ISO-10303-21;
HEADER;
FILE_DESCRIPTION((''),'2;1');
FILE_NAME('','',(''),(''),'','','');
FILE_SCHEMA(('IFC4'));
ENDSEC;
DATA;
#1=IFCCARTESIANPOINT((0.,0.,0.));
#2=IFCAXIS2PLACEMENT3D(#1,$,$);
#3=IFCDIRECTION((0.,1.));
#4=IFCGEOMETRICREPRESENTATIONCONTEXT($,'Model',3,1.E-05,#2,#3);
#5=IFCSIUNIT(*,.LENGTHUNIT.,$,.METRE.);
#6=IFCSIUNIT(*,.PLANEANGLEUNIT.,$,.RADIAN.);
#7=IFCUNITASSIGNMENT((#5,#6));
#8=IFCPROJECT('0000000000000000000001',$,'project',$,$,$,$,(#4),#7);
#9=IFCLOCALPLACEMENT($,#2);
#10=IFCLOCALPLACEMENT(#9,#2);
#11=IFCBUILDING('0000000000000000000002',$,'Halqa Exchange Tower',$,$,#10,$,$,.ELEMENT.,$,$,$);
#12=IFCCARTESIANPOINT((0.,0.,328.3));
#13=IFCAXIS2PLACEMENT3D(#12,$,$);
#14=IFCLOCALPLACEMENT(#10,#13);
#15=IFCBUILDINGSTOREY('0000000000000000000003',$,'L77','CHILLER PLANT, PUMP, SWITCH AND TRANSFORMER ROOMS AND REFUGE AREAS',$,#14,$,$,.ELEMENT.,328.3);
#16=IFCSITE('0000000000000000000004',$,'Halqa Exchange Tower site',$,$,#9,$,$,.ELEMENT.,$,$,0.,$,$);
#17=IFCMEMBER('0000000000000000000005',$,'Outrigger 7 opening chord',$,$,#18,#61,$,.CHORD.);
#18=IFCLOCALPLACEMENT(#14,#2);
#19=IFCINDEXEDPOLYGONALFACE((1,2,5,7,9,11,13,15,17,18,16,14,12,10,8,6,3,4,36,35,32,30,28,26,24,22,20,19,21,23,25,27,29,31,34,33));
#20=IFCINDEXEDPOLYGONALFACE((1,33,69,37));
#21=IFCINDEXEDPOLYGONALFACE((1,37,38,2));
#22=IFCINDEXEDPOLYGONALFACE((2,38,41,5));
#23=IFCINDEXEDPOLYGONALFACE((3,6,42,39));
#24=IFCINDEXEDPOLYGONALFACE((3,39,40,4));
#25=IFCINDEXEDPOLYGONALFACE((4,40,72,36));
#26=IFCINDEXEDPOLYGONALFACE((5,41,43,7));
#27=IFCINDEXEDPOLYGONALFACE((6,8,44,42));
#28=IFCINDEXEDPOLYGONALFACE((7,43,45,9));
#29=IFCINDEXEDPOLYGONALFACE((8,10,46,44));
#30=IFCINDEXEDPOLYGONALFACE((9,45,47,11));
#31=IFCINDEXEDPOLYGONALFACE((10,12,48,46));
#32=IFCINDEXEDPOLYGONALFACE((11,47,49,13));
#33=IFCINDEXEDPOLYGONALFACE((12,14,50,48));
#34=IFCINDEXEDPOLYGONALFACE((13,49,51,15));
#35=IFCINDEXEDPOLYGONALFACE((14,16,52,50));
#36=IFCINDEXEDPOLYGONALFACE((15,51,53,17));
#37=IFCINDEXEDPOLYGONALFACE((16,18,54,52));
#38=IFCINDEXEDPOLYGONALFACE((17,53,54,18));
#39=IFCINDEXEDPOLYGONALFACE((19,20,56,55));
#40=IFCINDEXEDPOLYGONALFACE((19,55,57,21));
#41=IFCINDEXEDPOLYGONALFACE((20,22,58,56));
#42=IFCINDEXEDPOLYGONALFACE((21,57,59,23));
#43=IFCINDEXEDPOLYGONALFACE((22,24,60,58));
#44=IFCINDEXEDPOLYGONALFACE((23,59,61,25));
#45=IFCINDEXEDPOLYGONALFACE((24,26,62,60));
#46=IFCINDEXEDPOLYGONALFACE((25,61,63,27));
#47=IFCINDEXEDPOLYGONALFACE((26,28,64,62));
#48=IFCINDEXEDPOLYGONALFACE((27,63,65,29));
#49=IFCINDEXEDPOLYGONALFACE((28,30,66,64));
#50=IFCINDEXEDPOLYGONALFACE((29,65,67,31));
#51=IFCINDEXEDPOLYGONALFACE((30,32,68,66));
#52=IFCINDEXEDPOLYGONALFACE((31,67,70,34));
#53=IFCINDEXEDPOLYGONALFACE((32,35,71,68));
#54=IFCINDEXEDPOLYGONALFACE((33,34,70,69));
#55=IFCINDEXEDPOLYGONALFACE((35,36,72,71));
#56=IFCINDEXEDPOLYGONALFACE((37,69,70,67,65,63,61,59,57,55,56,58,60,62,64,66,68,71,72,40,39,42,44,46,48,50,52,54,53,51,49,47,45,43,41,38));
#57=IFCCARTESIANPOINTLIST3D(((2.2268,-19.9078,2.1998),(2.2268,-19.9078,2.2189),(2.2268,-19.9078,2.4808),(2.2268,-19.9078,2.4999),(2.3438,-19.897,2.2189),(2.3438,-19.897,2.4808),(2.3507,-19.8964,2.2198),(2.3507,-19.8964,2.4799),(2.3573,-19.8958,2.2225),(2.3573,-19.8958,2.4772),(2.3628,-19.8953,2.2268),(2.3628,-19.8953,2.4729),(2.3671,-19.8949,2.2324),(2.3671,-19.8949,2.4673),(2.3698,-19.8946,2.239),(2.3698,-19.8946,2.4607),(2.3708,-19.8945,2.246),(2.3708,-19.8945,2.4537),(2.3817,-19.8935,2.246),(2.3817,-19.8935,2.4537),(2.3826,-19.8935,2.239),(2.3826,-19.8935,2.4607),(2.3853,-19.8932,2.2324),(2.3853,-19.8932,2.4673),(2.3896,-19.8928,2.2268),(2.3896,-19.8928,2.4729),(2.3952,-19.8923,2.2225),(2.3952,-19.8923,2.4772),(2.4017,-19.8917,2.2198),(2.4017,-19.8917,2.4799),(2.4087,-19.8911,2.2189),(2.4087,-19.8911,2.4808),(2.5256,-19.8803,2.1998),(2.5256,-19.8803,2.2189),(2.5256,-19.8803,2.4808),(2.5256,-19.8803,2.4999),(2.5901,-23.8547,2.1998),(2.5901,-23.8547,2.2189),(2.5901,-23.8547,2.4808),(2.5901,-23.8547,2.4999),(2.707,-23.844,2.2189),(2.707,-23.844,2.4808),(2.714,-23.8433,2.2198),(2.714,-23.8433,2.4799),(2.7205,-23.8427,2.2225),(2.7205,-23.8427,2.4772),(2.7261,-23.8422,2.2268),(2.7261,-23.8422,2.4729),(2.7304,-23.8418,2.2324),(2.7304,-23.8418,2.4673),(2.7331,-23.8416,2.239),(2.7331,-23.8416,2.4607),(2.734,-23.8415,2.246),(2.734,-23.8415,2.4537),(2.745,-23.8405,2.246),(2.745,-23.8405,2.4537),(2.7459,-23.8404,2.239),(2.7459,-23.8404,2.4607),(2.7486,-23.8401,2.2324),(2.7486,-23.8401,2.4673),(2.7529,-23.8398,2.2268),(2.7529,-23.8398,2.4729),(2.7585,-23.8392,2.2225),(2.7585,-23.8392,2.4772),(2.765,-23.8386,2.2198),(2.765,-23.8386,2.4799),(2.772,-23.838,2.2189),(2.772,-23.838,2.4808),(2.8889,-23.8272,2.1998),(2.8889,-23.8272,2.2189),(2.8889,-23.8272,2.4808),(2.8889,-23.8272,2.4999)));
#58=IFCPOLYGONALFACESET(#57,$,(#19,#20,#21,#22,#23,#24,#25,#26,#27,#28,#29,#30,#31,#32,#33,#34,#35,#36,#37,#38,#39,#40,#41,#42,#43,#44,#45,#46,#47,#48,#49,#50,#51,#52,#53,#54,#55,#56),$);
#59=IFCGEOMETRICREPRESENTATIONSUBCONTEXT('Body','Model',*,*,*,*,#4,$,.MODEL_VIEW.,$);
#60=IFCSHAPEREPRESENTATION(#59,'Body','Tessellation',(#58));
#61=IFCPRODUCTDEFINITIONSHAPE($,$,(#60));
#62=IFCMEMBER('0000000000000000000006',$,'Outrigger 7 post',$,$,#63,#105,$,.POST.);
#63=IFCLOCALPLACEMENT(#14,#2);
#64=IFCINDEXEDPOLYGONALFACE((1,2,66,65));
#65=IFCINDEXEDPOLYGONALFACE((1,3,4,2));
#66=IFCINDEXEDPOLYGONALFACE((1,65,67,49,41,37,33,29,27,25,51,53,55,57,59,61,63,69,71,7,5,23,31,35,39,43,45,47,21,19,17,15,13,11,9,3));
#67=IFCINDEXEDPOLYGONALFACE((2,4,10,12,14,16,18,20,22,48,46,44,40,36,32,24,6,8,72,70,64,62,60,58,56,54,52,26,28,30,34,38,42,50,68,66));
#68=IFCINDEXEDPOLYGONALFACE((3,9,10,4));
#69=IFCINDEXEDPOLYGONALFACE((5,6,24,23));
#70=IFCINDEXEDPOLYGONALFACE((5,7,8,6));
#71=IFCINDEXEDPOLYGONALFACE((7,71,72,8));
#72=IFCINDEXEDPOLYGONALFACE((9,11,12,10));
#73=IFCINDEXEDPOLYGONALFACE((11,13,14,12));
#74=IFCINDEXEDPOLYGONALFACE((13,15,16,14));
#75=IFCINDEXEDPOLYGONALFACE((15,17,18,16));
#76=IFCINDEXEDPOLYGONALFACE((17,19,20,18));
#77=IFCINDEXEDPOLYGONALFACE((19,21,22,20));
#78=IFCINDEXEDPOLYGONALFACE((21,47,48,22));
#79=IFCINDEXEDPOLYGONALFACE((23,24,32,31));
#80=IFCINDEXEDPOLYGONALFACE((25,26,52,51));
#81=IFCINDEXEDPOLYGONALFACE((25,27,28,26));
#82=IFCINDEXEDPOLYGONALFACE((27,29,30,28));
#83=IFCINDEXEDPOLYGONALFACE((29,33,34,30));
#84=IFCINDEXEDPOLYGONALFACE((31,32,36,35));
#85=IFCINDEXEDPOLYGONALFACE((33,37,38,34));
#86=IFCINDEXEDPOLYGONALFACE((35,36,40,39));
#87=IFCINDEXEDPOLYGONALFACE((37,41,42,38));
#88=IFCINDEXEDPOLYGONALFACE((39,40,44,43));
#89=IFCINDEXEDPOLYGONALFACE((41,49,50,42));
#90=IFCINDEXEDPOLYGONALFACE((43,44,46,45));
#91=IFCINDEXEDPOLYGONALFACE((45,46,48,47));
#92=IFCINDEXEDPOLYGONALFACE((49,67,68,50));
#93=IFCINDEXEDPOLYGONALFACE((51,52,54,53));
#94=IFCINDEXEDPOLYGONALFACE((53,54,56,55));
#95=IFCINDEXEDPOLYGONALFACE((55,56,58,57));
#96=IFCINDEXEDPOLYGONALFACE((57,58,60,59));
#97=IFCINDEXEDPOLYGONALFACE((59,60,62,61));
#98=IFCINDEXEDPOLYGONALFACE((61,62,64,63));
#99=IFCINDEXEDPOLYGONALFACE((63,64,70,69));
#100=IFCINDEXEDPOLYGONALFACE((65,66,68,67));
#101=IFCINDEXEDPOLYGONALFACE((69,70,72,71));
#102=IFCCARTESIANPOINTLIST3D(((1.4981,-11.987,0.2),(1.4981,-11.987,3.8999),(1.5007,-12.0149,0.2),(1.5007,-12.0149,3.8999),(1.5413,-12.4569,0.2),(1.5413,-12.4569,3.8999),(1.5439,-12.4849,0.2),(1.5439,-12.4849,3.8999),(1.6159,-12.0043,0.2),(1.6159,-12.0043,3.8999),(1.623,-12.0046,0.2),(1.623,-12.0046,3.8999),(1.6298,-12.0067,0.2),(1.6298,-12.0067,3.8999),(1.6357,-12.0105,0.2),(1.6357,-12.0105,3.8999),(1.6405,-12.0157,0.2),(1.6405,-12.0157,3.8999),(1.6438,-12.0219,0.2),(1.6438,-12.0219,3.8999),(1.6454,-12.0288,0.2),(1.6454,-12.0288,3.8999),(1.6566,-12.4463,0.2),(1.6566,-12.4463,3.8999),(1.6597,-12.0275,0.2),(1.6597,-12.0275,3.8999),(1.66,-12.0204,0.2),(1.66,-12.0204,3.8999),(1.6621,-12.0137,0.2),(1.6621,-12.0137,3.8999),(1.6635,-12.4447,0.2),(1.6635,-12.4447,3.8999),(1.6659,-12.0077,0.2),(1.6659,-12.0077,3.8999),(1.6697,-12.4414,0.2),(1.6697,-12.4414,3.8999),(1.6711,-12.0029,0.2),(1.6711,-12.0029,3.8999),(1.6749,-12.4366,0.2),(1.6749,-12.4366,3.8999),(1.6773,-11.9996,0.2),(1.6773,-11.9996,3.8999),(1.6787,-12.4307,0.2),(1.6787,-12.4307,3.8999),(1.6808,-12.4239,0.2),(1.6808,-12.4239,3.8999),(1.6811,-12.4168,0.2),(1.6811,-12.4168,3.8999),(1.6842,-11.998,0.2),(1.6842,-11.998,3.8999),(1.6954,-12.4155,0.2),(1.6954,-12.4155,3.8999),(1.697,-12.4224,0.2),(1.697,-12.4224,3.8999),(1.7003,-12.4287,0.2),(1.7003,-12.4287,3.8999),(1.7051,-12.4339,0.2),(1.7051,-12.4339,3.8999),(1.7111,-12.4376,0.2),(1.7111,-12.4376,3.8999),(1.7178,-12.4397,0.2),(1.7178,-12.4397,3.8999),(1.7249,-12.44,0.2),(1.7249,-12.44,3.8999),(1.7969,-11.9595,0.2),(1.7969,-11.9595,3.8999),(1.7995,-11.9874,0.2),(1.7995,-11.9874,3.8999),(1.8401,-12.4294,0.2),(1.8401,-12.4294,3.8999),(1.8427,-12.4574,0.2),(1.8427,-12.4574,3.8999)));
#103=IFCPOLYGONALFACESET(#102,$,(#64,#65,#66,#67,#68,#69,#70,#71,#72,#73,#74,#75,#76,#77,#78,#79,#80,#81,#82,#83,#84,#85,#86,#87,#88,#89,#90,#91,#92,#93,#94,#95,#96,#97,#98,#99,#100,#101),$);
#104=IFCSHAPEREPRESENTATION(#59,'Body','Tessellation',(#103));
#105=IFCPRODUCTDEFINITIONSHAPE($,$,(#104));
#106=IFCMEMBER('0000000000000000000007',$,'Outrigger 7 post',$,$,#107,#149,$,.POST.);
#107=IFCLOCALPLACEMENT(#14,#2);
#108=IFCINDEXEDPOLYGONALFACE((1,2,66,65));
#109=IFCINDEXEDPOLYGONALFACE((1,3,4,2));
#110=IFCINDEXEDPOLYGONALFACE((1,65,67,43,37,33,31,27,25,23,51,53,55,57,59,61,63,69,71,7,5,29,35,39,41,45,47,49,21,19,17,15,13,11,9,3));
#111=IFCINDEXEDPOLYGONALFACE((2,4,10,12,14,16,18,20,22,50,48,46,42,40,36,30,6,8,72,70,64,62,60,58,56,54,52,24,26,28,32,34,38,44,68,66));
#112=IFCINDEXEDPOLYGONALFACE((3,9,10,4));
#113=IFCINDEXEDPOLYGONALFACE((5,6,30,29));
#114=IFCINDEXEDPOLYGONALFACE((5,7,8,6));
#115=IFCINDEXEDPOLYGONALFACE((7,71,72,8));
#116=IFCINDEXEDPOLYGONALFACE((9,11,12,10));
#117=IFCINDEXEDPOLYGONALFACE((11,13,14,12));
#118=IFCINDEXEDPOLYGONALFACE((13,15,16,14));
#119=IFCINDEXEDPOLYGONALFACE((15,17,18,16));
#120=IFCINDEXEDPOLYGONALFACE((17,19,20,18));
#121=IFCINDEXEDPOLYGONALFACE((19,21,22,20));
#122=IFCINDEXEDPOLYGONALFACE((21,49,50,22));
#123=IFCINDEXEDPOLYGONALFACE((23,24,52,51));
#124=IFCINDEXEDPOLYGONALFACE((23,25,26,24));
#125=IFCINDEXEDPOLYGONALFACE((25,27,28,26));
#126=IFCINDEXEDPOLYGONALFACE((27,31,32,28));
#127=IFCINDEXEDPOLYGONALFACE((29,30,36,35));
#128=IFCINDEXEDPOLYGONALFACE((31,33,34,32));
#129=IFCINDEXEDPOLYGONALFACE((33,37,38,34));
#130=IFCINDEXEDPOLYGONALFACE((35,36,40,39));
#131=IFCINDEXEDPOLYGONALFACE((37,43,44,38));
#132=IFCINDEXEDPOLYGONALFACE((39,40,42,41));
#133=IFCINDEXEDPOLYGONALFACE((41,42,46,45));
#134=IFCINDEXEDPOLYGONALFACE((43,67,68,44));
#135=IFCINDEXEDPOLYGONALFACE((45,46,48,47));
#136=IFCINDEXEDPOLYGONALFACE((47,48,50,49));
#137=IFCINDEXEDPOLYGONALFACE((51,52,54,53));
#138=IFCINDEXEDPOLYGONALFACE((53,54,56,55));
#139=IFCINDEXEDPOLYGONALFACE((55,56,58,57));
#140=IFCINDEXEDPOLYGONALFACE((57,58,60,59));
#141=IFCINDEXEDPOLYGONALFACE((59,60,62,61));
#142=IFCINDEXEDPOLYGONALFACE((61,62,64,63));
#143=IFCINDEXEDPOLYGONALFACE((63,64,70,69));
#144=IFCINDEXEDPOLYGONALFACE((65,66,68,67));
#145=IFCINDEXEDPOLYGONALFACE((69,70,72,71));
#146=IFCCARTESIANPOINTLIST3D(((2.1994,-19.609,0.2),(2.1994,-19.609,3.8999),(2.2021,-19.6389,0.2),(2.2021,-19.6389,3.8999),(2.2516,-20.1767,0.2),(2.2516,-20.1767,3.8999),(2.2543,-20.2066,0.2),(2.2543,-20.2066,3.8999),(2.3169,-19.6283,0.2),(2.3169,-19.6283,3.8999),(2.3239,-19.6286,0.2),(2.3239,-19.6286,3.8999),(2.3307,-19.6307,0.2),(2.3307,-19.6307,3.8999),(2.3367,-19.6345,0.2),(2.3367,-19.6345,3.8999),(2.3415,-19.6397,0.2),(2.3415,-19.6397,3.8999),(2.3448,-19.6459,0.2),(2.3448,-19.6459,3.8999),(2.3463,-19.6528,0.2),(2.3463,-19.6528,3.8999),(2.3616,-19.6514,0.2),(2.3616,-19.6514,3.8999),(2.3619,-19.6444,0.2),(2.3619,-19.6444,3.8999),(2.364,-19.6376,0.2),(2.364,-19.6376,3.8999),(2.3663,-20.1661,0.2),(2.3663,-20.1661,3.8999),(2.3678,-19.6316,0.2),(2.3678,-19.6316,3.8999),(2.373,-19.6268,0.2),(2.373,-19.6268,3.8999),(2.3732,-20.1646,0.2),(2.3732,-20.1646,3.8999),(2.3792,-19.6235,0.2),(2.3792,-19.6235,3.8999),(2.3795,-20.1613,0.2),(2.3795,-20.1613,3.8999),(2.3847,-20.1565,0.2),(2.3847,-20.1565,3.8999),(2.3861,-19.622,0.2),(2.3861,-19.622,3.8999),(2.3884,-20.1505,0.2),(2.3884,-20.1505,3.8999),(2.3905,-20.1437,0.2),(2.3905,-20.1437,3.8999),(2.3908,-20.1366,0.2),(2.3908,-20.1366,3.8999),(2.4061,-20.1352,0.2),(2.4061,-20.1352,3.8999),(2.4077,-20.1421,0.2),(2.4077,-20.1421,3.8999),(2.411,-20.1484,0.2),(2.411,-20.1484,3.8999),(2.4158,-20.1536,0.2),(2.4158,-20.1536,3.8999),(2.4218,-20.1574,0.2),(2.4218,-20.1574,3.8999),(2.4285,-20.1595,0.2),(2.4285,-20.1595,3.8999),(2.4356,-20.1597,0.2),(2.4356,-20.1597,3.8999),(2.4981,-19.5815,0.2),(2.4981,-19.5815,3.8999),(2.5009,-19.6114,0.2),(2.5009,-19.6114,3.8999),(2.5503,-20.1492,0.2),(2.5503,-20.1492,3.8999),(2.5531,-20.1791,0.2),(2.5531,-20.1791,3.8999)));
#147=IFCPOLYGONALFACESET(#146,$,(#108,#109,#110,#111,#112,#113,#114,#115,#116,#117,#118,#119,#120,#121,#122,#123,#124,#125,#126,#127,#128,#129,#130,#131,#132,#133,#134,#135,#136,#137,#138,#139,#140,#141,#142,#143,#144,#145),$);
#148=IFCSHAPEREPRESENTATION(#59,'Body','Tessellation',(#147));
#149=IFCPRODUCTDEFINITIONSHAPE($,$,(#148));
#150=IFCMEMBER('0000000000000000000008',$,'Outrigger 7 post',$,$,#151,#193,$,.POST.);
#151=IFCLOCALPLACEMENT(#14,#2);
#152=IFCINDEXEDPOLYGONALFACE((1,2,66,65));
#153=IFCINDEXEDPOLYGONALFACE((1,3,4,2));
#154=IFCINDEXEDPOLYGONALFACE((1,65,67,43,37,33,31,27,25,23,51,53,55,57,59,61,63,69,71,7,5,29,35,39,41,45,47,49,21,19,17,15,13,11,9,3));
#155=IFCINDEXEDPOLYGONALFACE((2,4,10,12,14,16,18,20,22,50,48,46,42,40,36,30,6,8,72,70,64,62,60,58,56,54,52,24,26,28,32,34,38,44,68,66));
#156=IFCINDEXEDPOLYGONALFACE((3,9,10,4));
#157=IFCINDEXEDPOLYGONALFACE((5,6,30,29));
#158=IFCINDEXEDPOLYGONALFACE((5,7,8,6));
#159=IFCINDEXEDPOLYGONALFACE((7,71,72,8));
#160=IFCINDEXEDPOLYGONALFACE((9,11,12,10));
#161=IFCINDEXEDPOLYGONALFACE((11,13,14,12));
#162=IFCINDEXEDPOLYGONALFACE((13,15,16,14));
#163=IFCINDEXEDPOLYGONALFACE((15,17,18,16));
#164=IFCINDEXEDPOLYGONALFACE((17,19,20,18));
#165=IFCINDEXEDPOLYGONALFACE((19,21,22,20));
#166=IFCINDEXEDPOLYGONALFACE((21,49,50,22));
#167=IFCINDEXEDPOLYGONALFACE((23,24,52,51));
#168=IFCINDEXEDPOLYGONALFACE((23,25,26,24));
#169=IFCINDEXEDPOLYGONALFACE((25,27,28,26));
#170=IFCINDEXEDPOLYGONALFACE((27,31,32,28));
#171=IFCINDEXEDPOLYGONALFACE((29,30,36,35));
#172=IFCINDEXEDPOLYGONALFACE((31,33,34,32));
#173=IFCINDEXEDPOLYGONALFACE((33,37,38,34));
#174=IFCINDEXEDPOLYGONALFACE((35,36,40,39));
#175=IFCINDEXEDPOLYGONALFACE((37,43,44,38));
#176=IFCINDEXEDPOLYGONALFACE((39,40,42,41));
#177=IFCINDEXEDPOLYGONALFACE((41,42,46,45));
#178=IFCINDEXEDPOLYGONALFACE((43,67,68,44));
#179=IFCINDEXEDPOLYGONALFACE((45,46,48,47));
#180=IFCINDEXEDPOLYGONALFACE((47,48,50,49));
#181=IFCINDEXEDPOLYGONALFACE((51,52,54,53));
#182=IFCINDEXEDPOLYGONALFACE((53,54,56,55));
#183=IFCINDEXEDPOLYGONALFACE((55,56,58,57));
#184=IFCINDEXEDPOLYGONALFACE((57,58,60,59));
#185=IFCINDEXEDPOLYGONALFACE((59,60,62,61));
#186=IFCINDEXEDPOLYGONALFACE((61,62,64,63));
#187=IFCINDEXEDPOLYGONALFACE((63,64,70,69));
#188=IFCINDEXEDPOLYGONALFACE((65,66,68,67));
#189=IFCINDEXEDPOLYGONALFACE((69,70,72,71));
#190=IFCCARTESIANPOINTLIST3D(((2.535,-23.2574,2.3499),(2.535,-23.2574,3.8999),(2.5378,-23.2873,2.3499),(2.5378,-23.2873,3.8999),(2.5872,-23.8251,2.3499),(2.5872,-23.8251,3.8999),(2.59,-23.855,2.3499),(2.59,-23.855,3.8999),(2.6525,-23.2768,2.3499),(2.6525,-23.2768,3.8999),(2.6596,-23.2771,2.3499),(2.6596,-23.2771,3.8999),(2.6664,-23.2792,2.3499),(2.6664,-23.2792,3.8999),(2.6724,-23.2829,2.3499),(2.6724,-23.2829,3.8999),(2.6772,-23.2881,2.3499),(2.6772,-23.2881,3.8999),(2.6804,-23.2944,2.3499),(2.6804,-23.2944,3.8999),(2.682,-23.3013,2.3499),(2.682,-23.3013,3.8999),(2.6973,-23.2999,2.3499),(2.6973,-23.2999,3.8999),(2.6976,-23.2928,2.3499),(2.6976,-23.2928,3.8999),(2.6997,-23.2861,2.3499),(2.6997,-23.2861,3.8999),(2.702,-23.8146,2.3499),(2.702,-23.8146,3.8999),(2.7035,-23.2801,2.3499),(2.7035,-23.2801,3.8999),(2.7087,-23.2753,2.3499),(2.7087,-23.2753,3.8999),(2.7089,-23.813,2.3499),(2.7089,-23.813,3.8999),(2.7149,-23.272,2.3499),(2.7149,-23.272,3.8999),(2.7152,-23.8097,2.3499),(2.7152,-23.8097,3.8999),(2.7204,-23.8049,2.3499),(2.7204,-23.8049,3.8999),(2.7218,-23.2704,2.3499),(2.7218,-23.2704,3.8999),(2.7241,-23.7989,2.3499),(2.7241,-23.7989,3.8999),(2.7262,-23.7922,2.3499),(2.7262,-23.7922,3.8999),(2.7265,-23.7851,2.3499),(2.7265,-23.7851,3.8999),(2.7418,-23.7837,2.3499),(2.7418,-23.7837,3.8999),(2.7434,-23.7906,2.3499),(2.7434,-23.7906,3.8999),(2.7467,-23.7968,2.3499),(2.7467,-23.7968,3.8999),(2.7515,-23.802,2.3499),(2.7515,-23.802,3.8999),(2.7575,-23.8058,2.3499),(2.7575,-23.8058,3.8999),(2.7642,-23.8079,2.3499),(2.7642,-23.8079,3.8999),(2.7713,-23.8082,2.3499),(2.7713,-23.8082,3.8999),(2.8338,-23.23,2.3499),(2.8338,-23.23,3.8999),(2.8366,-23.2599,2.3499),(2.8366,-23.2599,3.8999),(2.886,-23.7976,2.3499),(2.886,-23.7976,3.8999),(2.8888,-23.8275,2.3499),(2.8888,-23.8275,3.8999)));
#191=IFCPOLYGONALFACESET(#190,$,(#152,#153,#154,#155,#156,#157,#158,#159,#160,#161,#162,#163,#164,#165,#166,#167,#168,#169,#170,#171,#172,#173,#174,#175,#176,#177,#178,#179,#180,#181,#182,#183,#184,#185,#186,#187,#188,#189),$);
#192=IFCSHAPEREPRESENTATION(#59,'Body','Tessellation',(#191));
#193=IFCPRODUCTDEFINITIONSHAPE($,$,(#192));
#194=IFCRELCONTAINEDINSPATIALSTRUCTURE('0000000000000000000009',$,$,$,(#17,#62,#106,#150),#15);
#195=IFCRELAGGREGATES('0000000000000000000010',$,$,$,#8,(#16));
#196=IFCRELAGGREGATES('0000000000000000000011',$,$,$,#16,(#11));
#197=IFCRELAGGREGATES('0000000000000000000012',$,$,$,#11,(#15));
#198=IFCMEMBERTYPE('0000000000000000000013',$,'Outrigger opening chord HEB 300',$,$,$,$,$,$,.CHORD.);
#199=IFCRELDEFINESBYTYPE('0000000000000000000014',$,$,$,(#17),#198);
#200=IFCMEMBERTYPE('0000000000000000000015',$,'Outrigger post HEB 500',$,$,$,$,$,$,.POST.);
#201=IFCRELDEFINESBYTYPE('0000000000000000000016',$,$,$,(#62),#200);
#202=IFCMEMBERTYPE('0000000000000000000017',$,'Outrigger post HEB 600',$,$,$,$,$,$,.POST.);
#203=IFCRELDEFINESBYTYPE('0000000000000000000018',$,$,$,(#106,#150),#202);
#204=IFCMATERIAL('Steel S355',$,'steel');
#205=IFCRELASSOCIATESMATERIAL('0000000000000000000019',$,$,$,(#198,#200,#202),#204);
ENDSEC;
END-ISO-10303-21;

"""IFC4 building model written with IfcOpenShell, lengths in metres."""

from ifc_helpers import new_model, si_unit, direction, frame, origin, origin_2d, place, context, subcontext, project, spatial, i_section, extrude, material, material_profile, profile_set, type_object, element, save


model = new_model("IFC4")

# Units and contexts
model_context = context("Model", 3, precision=1e-05, world=origin(), true_north=direction((0.0, 1.0)))
body_context = subcontext(model_context, "Body", "Model", "MODEL_VIEW")
ifc_project = project(units=[si_unit("LENGTHUNIT", "METRE"), si_unit("PLANEANGLEUNIT", "RADIAN")], contexts=[model_context])

# Site, building, storey
site_placement = place(None, origin())
site = spatial("IfcSite", under=ifc_project, at=site_placement, Name="Halqa Exchange Tower site", CompositionType="ELEMENT", RefElevation=0.0)
building_placement = place(site_placement, origin())
building = spatial("IfcBuilding", under=site, at=building_placement, Name="Halqa Exchange Tower", CompositionType="ELEMENT")
storey_placement = place(building_placement, frame((0.0, 0.0, 328.3)))
storey = spatial("IfcBuildingStorey", under=building, at=storey_placement, Name="L77", Description="CHILLER PLANT, PUMP, SWITCH AND TRANSFORMER ROOMS AND REFUGE AREAS", CompositionType="ELEMENT", Elevation=328.3)

# Members
ifc_material_1 = material(Name="Steel S355", Category="steel")
ifc_material_profile_1 = material_profile(ifc_material_1, i_section(OverallWidth=0.3, OverallDepth=0.3, WebThickness=0.011, FlangeThickness=0.019, FilletRadius=0.0271, at=origin_2d()), Name="HEB 300")
ifc_profile_set_1 = profile_set([ifc_material_profile_1], Name="Steel S355")
member_type_1 = type_object("IfcMemberType", Name="Outrigger opening chord HEB 300", PredefinedType="CHORD", material=ifc_profile_set_1)
member_1_placement = place(storey_placement, frame((2.3762, -19.894, 2.3499), z_axis=(0.091652, -0.995791, 0.0), x_axis=(0.995791, 0.091652, 0.0)))
element("IfcMember", 1, at=member_1_placement, inside=storey, type_object=member_type_1, Name="Outrigger 7 opening chord", PredefinedType="CHORD", context=body_context, shape_type="SweptSolid", body=[
    extrude(i_section(OverallWidth=0.3, OverallDepth=0.3, WebThickness=0.011, FlangeThickness=0.019, FilletRadius=0.0271, at=origin_2d()), origin(), (0.0, 0.0, 1.0), 3.9636),
])
ifc_material_profile_2 = material_profile(ifc_material_1, i_section(OverallWidth=0.3, OverallDepth=0.5, WebThickness=0.0144, FlangeThickness=0.0281, FilletRadius=0.0271, at=origin_2d()), Name="HEB 500")
ifc_profile_set_2 = profile_set([ifc_material_profile_2], Name="Steel S355")
member_type_2 = type_object("IfcMemberType", Name="Outrigger post HEB 500", PredefinedType="POST", material=ifc_profile_set_2)
member_2_placement = place(storey_placement, frame((1.6704, -12.2222, 0.2), z_axis=(0.0, 0.0, 1.0), x_axis=(0.995799, 0.091571, 0.0)))
element("IfcMember", 2, at=member_2_placement, inside=storey, type_object=member_type_2, Name="Outrigger 7 post", PredefinedType="POST", context=body_context, shape_type="SweptSolid", body=[
    extrude(i_section(OverallWidth=0.3, OverallDepth=0.5, WebThickness=0.0144, FlangeThickness=0.0281, FilletRadius=0.0271, at=origin_2d()), origin(), (0.0, 0.0, 1.0), 3.7),
])
ifc_material_profile_3 = material_profile(ifc_material_1, i_section(OverallWidth=0.3, OverallDepth=0.6001, WebThickness=0.0154, FlangeThickness=0.03, FilletRadius=0.0271, at=origin_2d()), Name="HEB 600")
ifc_profile_set_3 = profile_set([ifc_material_profile_3], Name="Steel S355")
member_type_3 = type_object("IfcMemberType", Name="Outrigger post HEB 600", PredefinedType="POST", material=ifc_profile_set_3)
member_3_placement = place(storey_placement, frame((2.3762, -19.894, 0.2), z_axis=(0.0, 0.0, 1.0), x_axis=(0.995799, 0.091571, 0.0)))
element("IfcMember", 3, at=member_3_placement, inside=storey, type_object=member_type_3, Name="Outrigger 7 post", PredefinedType="POST", context=body_context, shape_type="SweptSolid", body=[
    extrude(i_section(OverallWidth=0.3, OverallDepth=0.6001, WebThickness=0.0154, FlangeThickness=0.03, FilletRadius=0.0271, at=origin_2d()), origin(), (0.0, 0.0, 1.0), 3.7),
])
member_4_placement = place(storey_placement, frame((2.7119, -23.5425, 2.3499), z_axis=(0.0, 0.0, 1.0), x_axis=(0.995799, 0.091571, 0.0)))
element("IfcMember", 4, at=member_4_placement, inside=storey, type_object=member_type_3, Name="Outrigger 7 post", PredefinedType="POST", context=body_context, shape_type="SweptSolid", body=[
    extrude(i_section(OverallWidth=0.3, OverallDepth=0.6001, WebThickness=0.0154, FlangeThickness=0.03, FilletRadius=0.0271, at=origin_2d()), origin(), (0.0, 0.0, 1.0), 1.55),
])

save(model, "model.ifc")
